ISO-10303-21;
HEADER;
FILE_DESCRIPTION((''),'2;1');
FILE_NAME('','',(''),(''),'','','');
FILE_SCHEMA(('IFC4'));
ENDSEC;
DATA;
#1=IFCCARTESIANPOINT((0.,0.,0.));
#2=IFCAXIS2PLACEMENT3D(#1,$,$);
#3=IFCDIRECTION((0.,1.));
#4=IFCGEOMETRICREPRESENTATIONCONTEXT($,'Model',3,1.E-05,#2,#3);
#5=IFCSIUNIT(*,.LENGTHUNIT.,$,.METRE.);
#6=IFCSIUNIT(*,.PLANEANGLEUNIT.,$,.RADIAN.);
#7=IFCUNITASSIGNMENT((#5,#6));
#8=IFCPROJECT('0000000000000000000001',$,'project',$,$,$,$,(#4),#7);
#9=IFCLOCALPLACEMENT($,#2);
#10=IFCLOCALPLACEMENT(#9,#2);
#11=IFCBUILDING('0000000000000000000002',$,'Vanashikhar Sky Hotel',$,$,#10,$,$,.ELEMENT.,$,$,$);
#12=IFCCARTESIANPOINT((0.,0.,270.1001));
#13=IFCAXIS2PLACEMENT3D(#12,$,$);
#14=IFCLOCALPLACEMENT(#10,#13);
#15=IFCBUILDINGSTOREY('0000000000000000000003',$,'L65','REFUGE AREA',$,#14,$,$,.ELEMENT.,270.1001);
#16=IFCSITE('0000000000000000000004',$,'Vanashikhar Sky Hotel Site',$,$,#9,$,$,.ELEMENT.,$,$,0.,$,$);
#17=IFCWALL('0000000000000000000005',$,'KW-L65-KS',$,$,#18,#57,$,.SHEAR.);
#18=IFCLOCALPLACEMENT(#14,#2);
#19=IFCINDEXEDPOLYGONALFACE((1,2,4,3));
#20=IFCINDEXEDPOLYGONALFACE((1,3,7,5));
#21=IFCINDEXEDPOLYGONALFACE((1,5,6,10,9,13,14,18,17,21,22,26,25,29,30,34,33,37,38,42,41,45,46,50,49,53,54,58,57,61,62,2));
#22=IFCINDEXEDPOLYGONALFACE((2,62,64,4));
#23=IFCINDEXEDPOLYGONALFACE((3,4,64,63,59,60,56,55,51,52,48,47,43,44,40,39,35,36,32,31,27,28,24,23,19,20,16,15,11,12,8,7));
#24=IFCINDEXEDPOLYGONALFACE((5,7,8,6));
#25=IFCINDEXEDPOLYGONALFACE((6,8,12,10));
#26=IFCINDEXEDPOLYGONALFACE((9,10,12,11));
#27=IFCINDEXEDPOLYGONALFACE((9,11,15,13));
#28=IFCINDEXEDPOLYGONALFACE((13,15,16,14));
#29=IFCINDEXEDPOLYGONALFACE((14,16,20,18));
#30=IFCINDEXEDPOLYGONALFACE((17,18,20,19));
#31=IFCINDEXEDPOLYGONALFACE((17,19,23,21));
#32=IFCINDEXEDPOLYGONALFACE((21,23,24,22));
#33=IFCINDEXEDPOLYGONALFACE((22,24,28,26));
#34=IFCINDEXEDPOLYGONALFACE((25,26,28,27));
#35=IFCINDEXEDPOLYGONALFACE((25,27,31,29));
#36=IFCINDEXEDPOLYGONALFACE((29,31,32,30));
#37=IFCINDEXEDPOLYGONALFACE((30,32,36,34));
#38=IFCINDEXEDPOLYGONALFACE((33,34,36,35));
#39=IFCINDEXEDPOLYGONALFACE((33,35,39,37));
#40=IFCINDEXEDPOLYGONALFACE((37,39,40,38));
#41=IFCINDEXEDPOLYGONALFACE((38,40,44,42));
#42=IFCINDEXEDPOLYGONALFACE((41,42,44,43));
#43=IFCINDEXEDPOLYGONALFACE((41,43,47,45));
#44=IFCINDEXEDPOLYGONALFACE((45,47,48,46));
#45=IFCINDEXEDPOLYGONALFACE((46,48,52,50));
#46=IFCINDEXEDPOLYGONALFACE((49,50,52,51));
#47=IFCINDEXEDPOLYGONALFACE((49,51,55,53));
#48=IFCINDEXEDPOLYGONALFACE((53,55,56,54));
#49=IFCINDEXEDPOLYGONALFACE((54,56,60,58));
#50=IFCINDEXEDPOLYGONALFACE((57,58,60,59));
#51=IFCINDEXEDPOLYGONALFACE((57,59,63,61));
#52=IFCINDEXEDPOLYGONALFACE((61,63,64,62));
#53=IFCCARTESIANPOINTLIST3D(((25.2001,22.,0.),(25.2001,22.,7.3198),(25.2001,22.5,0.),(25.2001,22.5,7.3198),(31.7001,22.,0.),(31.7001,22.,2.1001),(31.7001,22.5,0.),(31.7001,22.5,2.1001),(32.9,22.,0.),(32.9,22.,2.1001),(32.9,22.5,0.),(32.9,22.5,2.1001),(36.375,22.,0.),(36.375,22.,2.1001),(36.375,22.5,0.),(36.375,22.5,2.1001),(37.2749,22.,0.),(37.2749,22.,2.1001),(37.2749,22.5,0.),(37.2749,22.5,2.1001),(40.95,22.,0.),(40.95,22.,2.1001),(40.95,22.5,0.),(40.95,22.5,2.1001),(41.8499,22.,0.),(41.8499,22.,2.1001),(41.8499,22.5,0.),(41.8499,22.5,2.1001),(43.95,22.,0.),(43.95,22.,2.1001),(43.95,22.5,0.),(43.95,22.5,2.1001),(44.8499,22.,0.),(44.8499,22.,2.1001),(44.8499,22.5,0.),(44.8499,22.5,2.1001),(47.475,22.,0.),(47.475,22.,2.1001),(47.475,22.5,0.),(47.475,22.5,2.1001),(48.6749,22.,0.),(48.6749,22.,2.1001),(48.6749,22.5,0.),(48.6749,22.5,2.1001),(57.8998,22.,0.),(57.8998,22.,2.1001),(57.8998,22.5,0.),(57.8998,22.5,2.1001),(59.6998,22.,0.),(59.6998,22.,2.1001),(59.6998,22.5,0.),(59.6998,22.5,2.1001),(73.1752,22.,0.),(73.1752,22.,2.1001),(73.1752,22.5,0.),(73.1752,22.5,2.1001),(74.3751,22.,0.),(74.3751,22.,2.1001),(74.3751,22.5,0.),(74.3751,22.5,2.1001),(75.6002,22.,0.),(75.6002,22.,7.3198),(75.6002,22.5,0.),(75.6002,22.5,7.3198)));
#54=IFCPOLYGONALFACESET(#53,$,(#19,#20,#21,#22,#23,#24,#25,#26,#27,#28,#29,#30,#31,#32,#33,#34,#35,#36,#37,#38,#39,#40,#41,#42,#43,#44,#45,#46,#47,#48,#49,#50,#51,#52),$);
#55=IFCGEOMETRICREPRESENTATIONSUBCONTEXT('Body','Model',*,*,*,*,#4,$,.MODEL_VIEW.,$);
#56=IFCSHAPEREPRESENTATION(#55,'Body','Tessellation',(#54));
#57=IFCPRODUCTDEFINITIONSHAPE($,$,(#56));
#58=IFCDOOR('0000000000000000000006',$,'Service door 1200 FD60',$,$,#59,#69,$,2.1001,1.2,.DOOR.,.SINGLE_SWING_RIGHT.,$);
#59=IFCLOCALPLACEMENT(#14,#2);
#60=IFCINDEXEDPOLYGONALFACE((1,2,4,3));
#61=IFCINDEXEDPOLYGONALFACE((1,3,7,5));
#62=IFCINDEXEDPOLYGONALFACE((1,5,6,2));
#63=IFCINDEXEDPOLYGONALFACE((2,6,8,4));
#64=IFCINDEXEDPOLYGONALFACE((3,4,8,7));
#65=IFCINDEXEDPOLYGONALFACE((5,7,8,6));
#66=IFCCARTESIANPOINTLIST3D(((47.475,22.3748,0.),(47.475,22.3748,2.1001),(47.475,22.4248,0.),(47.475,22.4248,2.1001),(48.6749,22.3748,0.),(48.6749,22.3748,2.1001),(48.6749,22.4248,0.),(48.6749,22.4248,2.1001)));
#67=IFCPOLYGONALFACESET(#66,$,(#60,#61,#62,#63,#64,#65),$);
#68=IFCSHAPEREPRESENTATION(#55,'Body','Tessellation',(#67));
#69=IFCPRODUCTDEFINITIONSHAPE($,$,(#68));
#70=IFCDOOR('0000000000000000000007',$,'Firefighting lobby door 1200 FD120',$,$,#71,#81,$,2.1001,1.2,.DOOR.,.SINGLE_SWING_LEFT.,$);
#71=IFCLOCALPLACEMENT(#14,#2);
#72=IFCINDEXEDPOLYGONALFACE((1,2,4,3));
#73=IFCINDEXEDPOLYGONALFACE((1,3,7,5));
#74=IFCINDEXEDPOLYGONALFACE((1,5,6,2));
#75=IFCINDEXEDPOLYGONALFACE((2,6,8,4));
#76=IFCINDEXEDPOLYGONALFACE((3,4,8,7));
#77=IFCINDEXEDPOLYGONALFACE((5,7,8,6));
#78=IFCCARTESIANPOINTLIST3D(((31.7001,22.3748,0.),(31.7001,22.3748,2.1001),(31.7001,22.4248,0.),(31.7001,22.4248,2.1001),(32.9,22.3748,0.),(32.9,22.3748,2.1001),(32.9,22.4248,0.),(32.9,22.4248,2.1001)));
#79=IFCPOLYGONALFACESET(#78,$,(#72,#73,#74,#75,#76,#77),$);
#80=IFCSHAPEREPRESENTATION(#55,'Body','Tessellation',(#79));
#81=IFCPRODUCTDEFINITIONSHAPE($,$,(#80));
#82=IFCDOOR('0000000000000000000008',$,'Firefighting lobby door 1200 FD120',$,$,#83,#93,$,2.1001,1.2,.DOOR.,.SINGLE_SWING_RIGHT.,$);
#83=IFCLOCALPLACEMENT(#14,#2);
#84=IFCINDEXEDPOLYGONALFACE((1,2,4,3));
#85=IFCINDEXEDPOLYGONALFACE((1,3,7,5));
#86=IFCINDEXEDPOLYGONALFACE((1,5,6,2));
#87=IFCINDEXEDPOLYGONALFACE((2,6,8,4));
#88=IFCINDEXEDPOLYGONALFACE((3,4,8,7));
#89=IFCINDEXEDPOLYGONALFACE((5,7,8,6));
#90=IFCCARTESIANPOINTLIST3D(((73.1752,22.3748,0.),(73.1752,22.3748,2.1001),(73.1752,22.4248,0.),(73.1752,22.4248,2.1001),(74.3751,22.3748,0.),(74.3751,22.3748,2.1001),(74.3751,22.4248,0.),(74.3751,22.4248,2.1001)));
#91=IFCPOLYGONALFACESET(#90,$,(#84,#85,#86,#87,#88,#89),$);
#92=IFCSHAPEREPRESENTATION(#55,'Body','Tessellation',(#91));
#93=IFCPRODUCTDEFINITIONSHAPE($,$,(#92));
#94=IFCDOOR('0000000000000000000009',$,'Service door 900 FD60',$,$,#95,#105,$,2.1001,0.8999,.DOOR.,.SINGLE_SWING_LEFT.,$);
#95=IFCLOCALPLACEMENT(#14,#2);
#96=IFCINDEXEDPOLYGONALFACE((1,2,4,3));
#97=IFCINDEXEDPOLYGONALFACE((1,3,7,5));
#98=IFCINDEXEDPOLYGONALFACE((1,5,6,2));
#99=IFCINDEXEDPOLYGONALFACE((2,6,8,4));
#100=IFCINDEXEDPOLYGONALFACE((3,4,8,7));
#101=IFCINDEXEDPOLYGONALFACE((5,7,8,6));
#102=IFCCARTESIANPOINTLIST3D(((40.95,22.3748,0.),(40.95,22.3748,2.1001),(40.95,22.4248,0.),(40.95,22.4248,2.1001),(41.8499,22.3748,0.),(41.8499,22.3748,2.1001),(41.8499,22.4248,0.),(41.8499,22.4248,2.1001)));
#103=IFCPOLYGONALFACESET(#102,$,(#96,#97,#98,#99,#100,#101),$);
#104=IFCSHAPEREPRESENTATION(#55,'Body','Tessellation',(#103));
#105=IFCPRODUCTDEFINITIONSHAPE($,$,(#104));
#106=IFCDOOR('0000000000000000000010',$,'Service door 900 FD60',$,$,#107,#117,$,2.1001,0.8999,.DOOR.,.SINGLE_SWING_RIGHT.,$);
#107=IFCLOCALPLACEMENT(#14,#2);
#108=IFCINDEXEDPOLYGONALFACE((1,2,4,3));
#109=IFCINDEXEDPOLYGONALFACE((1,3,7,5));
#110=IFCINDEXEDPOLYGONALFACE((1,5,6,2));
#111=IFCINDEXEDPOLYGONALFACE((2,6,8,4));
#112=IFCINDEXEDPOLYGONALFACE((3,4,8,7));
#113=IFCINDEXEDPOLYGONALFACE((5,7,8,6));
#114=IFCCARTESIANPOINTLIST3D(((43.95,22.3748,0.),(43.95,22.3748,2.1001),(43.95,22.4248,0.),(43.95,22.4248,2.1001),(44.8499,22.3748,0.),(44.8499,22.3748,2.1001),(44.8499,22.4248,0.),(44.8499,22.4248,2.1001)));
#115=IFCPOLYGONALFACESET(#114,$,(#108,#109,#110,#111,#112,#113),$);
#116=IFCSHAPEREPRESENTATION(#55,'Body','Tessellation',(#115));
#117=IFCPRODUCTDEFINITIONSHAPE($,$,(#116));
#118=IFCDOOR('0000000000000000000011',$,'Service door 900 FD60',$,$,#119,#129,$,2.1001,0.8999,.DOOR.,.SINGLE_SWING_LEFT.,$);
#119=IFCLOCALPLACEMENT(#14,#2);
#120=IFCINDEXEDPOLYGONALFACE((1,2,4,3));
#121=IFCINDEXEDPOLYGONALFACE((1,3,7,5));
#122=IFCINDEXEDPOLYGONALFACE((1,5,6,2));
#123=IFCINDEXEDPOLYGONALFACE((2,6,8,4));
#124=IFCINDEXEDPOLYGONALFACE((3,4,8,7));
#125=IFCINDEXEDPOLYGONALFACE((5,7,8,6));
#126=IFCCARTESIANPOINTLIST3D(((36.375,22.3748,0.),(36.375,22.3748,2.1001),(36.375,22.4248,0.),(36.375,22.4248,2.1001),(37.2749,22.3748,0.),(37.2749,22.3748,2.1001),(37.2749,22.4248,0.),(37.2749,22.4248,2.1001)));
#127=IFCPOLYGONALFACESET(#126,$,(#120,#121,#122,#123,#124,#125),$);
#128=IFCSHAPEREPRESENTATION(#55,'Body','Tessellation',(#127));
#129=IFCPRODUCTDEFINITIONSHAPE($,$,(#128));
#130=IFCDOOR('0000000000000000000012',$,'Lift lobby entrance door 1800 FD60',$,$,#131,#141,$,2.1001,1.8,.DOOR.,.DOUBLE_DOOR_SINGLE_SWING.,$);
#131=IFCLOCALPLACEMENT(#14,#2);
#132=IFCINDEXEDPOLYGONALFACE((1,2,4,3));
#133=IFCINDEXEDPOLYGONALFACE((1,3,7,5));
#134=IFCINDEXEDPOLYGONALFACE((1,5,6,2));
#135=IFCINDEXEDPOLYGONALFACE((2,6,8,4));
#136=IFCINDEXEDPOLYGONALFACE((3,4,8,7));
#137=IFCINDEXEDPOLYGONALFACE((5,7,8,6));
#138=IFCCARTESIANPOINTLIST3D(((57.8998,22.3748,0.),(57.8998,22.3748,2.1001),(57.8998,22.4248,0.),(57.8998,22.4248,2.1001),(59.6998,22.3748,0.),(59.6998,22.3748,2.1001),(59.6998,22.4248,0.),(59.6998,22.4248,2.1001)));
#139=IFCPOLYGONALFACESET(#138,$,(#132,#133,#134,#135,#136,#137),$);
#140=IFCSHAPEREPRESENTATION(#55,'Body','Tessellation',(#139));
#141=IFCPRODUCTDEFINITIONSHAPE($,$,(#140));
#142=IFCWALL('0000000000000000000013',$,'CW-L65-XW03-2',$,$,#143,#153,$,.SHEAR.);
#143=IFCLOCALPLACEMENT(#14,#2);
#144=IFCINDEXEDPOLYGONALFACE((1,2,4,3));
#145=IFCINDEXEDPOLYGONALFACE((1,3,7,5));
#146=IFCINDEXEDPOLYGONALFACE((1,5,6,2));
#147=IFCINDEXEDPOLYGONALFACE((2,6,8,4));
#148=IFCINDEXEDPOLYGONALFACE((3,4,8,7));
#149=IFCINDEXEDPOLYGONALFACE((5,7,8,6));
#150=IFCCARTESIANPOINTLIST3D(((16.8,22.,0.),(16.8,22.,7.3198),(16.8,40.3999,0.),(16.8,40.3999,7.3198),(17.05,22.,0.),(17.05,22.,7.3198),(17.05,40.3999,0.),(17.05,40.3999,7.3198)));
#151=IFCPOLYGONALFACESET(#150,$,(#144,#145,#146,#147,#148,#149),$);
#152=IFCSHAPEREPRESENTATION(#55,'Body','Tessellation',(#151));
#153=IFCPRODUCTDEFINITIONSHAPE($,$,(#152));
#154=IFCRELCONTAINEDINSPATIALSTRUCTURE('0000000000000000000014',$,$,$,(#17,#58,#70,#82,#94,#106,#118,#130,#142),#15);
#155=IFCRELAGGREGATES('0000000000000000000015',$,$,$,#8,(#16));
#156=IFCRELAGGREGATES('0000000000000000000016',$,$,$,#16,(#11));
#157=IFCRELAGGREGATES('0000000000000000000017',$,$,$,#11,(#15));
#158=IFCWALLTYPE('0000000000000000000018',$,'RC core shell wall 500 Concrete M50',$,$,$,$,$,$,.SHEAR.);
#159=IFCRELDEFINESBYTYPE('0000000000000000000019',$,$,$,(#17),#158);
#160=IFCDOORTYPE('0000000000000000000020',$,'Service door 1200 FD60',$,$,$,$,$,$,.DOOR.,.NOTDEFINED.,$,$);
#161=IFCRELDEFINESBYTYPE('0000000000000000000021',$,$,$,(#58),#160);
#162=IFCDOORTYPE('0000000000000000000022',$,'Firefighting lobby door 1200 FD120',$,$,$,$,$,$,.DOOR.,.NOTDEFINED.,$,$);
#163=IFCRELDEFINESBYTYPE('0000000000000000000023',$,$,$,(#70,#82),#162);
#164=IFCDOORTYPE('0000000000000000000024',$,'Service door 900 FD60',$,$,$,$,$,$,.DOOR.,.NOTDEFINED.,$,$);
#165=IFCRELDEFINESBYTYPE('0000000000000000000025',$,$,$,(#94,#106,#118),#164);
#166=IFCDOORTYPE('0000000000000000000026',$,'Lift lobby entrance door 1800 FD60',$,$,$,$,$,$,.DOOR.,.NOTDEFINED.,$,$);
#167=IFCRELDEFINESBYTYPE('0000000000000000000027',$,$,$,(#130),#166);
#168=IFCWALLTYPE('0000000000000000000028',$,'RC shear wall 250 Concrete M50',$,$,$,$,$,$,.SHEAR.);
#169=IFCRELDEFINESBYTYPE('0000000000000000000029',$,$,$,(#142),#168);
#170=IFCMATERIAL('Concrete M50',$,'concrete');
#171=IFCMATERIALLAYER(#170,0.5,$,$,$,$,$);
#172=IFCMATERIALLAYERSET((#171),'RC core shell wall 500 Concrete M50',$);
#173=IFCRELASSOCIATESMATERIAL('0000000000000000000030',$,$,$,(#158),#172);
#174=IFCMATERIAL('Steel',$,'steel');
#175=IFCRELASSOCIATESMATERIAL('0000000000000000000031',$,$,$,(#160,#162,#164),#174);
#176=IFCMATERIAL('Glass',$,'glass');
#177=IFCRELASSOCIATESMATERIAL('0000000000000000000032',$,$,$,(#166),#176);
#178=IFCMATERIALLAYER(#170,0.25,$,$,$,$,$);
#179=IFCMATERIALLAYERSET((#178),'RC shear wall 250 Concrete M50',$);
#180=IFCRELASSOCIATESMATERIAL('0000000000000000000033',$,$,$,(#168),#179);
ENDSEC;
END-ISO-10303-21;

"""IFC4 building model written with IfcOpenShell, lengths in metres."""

from ifc_helpers import new_model, si_unit, direction, frame, frame_2d, origin, place, context, subcontext, project, spatial, rectangle, extrude, source, transform, mapped, material, layer, layer_set, type_object, element, fill, save


model = new_model("IFC4")

# Units and contexts
model_context = context("Model", 3, precision=1e-05, world=origin(), true_north=direction((0.0, 1.0)))
body_context = subcontext(model_context, "Body", "Model", "MODEL_VIEW")
ifc_project = project(units=[si_unit("LENGTHUNIT", "METRE"), si_unit("PLANEANGLEUNIT", "RADIAN")], contexts=[model_context])

# Site, building, storey
site_placement = place(None, origin())
site = spatial("IfcSite", under=ifc_project, at=site_placement, Name="Vanashikhar Sky Hotel Site", CompositionType="ELEMENT", RefElevation=0.0)
building_placement = place(site_placement, origin())
building = spatial("IfcBuilding", under=site, at=building_placement, Name="Vanashikhar Sky Hotel", CompositionType="ELEMENT")
storey_placement = place(building_placement, frame((0.0, 0.0, 270.1001)))
storey = spatial("IfcBuildingStorey", under=building, at=storey_placement, Name="L65", Description="REFUGE AREA", CompositionType="ELEMENT", Elevation=270.1001)

# Shared definitions
ifc_material_1 = material(Name="Concrete M50", Category="concrete")

# Wall, openings, doors
ifc_layer_1 = layer(ifc_material_1, 0.5)
ifc_layer_set_1 = layer_set([ifc_layer_1], Name="RC core shell wall 500 Concrete M50")
wall_type_1 = type_object("IfcWallType", Name="RC core shell wall 500 Concrete M50", PredefinedType="SHEAR", material=ifc_layer_set_1)
shared_shape_1 = source(origin(), body_context, "Body", "SweptSolid", [
    extrude(rectangle(XDim=50.4001, YDim=0.5, at=frame_2d((25.2002, 0.0))), origin(), (0.0, 0.0, 1.0), 7.3198),
])
wall_1_placement = place(storey_placement, frame((25.2, 22.25, 0.0), z_axis=(0.0, 0.0, 1.0), x_axis=(1.0, 0.0, 0.0)))
wall_1 = element("IfcWall", 1, at=wall_1_placement, inside=storey, type_object=wall_type_1, Name="KW-L65-KS", PredefinedType="SHEAR", context=body_context, shape_type="MappedRepresentation", body=[
    mapped(shared_shape_1, transform((0.0, 0.0, 0.0), scale=1.0)),
])
shared_shape_2 = source(origin(), body_context, "Body", "SweptSolid", [
    extrude(rectangle(XDim=1.2, YDim=2.1001, at=frame_2d((0.6001, 1.05))), frame((0.0, 0.26, 0.0), z_axis=(0.0, -1.0, 0.0), x_axis=(1.0, 0.0, 0.0)), (0.0, 0.0, 1.0), 0.52),
])
opening_1_placement = place(wall_1_placement, frame((22.2749, 0.0, 0.0)))
opening_1 = element("IfcOpeningElement", 2, at=opening_1_placement, cuts=wall_1, PredefinedType="OPENING", context=body_context, shape_type="MappedRepresentation", body=[
    mapped(shared_shape_2, transform((0.0, 0.0, 0.0), scale=1.0)),
])
shared_shape_3 = source(origin(), body_context, "Body", "SweptSolid", [
    extrude(rectangle(XDim=0.8999, YDim=2.1001, at=frame_2d((0.45, 1.05))), frame((0.0, 0.26, 0.0), z_axis=(0.0, -1.0, 0.0), x_axis=(1.0, 0.0, 0.0)), (0.0, 0.0, 1.0), 0.52),
])
opening_2_placement = place(wall_1_placement, frame((15.75, 0.0, 0.0)))
opening_2 = element("IfcOpeningElement", 3, at=opening_2_placement, cuts=wall_1, PredefinedType="OPENING", context=body_context, shape_type="MappedRepresentation", body=[
    mapped(shared_shape_3, transform((0.0, 0.0, 0.0), scale=1.0)),
])
opening_3_placement = place(wall_1_placement, frame((18.75, 0.0, 0.0)))
opening_3 = element("IfcOpeningElement", 4, at=opening_3_placement, cuts=wall_1, PredefinedType="OPENING", context=body_context, shape_type="MappedRepresentation", body=[
    mapped(shared_shape_3, transform((0.0, 0.0, 0.0), scale=1.0)),
])
opening_4_placement = place(wall_1_placement, frame((11.175, 0.0, 0.0)))
opening_4 = element("IfcOpeningElement", 5, at=opening_4_placement, cuts=wall_1, PredefinedType="OPENING", context=body_context, shape_type="MappedRepresentation", body=[
    mapped(shared_shape_3, transform((0.0, 0.0, 0.0), scale=1.0)),
])
shared_shape_4 = source(origin(), body_context, "Body", "SweptSolid", [
    extrude(rectangle(XDim=1.8, YDim=2.1001, at=frame_2d((0.8999, 1.05))), frame((0.0, 0.26, 0.0), z_axis=(0.0, -1.0, 0.0), x_axis=(1.0, 0.0, 0.0)), (0.0, 0.0, 1.0), 0.52),
])
opening_5_placement = place(wall_1_placement, frame((32.7, 0.0, 0.0)))
opening_5 = element("IfcOpeningElement", 6, at=opening_5_placement, cuts=wall_1, PredefinedType="OPENING", context=body_context, shape_type="MappedRepresentation", body=[
    mapped(shared_shape_4, transform((0.0, 0.0, 0.0), scale=1.0)),
])
opening_6_placement = place(wall_1_placement, frame((6.5, 0.0, 0.0)))
opening_6 = element("IfcOpeningElement", 7, at=opening_6_placement, cuts=wall_1, PredefinedType="OPENING", context=body_context, shape_type="MappedRepresentation", body=[
    mapped(shared_shape_2, transform((0.0, 0.0, 0.0), scale=1.0)),
])
opening_7_placement = place(wall_1_placement, frame((47.9751, 0.0, 0.0)))
opening_7 = element("IfcOpeningElement", 8, at=opening_7_placement, cuts=wall_1, PredefinedType="OPENING", context=body_context, shape_type="MappedRepresentation", body=[
    mapped(shared_shape_2, transform((0.0, 0.0, 0.0), scale=1.0)),
])
ifc_material_2 = material(Name="Steel", Category="steel")
door_type_1 = type_object("IfcDoorType", Name="Service door 1200 FD60", OperationType="NOTDEFINED", PredefinedType="DOOR", material=ifc_material_2)
shared_shape_5 = source(origin(), body_context, "Body", "SweptSolid", [
    extrude(rectangle(XDim=1.2, YDim=2.1001, at=frame_2d((0.6001, 1.05))), frame((0.0, 0.1748, 0.0), z_axis=(0.0, -1.0, 0.0), x_axis=(1.0, 0.0, 0.0)), (0.0, 0.0, 1.0), 0.05),
])
door_1_placement = place(opening_1_placement, origin())
door_1 = element("IfcDoor", 9, at=door_1_placement, inside=storey, type_object=door_type_1, Name="Service door 1200 FD60", OperationType="SINGLE_SWING_RIGHT", OverallHeight=2.1001, OverallWidth=1.2, PredefinedType="DOOR", context=body_context, shape_type="MappedRepresentation", body=[
    mapped(shared_shape_5, transform((0.0, 0.0, 0.0), scale=1.0)),
])
fill(opening_1, door_1)
door_type_2 = type_object("IfcDoorType", Name="Firefighting lobby door 1200 FD120", OperationType="NOTDEFINED", PredefinedType="DOOR", material=ifc_material_2)
door_2_placement = place(opening_6_placement, origin())
door_2 = element("IfcDoor", 10, at=door_2_placement, inside=storey, type_object=door_type_2, Name="Firefighting lobby door 1200 FD120", OperationType="SINGLE_SWING_LEFT", OverallHeight=2.1001, OverallWidth=1.2, PredefinedType="DOOR", context=body_context, shape_type="MappedRepresentation", body=[
    mapped(shared_shape_5, transform((0.0, 0.0, 0.0), scale=1.0)),
])
fill(opening_6, door_2)
door_3_placement = place(opening_7_placement, origin())
door_3 = element("IfcDoor", 11, at=door_3_placement, inside=storey, type_object=door_type_2, Name="Firefighting lobby door 1200 FD120", OperationType="SINGLE_SWING_RIGHT", OverallHeight=2.1001, OverallWidth=1.2, PredefinedType="DOOR", context=body_context, shape_type="MappedRepresentation", body=[
    mapped(shared_shape_5, transform((0.0, 0.0, 0.0), scale=1.0)),
])
fill(opening_7, door_3)
door_type_3 = type_object("IfcDoorType", Name="Service door 900 FD60", OperationType="NOTDEFINED", PredefinedType="DOOR", material=ifc_material_2)
shared_shape_6 = source(origin(), body_context, "Body", "SweptSolid", [
    extrude(rectangle(XDim=0.8999, YDim=2.1001, at=frame_2d((0.45, 1.05))), frame((0.0, 0.1748, 0.0), z_axis=(0.0, -1.0, 0.0), x_axis=(1.0, 0.0, 0.0)), (0.0, 0.0, 1.0), 0.05),
])
door_4_placement = place(opening_2_placement, origin())
door_4 = element("IfcDoor", 12, at=door_4_placement, inside=storey, type_object=door_type_3, Name="Service door 900 FD60", OperationType="SINGLE_SWING_LEFT", OverallHeight=2.1001, OverallWidth=0.8999, PredefinedType="DOOR", context=body_context, shape_type="MappedRepresentation", body=[
    mapped(shared_shape_6, transform((0.0, 0.0, 0.0), scale=1.0)),
])
fill(opening_2, door_4)
door_5_placement = place(opening_3_placement, origin())
door_5 = element("IfcDoor", 13, at=door_5_placement, inside=storey, type_object=door_type_3, Name="Service door 900 FD60", OperationType="SINGLE_SWING_RIGHT", OverallHeight=2.1001, OverallWidth=0.8999, PredefinedType="DOOR", context=body_context, shape_type="MappedRepresentation", body=[
    mapped(shared_shape_6, transform((0.0, 0.0, 0.0), scale=1.0)),
])
fill(opening_3, door_5)
door_6_placement = place(opening_4_placement, origin())
door_6 = element("IfcDoor", 14, at=door_6_placement, inside=storey, type_object=door_type_3, Name="Service door 900 FD60", OperationType="SINGLE_SWING_LEFT", OverallHeight=2.1001, OverallWidth=0.8999, PredefinedType="DOOR", context=body_context, shape_type="MappedRepresentation", body=[
    mapped(shared_shape_6, transform((0.0, 0.0, 0.0), scale=1.0)),
])
fill(opening_4, door_6)
ifc_material_3 = material(Name="Glass", Category="glass")
door_type_4 = type_object("IfcDoorType", Name="Lift lobby entrance door 1800 FD60", OperationType="NOTDEFINED", PredefinedType="DOOR", material=ifc_material_3)
shared_shape_7 = source(origin(), body_context, "Body", "SweptSolid", [
    extrude(rectangle(XDim=1.8, YDim=2.1001, at=frame_2d((0.8999, 1.05))), frame((0.0, 0.1748, 0.0), z_axis=(0.0, -1.0, 0.0), x_axis=(1.0, 0.0, 0.0)), (0.0, 0.0, 1.0), 0.05),
])
door_7_placement = place(opening_5_placement, origin())
door_7 = element("IfcDoor", 15, at=door_7_placement, inside=storey, type_object=door_type_4, Name="Lift lobby entrance door 1800 FD60", OperationType="DOUBLE_DOOR_SINGLE_SWING", OverallHeight=2.1001, OverallWidth=1.8, PredefinedType="DOOR", context=body_context, shape_type="MappedRepresentation", body=[
    mapped(shared_shape_7, transform((0.0, 0.0, 0.0), scale=1.0)),
])
fill(opening_5, door_7)

# Wall
ifc_layer_2 = layer(ifc_material_1, 0.25)
ifc_layer_set_2 = layer_set([ifc_layer_2], Name="RC shear wall 250 Concrete M50")
wall_type_2 = type_object("IfcWallType", Name="RC shear wall 250 Concrete M50", PredefinedType="SHEAR", material=ifc_layer_set_2)
shared_shape_8 = source(origin(), body_context, "Body", "SweptSolid", [
    extrude(rectangle(XDim=18.3999, YDim=0.25, at=frame_2d((9.2, 0.0))), origin(), (0.0, 0.0, 1.0), 7.3198),
])
wall_2_placement = place(storey_placement, frame((16.925, 22.0, 0.0), z_axis=(0.0, 0.0, 1.0), x_axis=(0.0, 1.0, 0.0)))
element("IfcWall", 16, at=wall_2_placement, inside=storey, type_object=wall_type_2, Name="CW-L65-XW03-2", PredefinedType="SHEAR", context=body_context, shape_type="MappedRepresentation", body=[
    mapped(shared_shape_8, transform((0.0, 0.0, 0.0), scale=1.0)),
])

save(model, "model.ifc")
